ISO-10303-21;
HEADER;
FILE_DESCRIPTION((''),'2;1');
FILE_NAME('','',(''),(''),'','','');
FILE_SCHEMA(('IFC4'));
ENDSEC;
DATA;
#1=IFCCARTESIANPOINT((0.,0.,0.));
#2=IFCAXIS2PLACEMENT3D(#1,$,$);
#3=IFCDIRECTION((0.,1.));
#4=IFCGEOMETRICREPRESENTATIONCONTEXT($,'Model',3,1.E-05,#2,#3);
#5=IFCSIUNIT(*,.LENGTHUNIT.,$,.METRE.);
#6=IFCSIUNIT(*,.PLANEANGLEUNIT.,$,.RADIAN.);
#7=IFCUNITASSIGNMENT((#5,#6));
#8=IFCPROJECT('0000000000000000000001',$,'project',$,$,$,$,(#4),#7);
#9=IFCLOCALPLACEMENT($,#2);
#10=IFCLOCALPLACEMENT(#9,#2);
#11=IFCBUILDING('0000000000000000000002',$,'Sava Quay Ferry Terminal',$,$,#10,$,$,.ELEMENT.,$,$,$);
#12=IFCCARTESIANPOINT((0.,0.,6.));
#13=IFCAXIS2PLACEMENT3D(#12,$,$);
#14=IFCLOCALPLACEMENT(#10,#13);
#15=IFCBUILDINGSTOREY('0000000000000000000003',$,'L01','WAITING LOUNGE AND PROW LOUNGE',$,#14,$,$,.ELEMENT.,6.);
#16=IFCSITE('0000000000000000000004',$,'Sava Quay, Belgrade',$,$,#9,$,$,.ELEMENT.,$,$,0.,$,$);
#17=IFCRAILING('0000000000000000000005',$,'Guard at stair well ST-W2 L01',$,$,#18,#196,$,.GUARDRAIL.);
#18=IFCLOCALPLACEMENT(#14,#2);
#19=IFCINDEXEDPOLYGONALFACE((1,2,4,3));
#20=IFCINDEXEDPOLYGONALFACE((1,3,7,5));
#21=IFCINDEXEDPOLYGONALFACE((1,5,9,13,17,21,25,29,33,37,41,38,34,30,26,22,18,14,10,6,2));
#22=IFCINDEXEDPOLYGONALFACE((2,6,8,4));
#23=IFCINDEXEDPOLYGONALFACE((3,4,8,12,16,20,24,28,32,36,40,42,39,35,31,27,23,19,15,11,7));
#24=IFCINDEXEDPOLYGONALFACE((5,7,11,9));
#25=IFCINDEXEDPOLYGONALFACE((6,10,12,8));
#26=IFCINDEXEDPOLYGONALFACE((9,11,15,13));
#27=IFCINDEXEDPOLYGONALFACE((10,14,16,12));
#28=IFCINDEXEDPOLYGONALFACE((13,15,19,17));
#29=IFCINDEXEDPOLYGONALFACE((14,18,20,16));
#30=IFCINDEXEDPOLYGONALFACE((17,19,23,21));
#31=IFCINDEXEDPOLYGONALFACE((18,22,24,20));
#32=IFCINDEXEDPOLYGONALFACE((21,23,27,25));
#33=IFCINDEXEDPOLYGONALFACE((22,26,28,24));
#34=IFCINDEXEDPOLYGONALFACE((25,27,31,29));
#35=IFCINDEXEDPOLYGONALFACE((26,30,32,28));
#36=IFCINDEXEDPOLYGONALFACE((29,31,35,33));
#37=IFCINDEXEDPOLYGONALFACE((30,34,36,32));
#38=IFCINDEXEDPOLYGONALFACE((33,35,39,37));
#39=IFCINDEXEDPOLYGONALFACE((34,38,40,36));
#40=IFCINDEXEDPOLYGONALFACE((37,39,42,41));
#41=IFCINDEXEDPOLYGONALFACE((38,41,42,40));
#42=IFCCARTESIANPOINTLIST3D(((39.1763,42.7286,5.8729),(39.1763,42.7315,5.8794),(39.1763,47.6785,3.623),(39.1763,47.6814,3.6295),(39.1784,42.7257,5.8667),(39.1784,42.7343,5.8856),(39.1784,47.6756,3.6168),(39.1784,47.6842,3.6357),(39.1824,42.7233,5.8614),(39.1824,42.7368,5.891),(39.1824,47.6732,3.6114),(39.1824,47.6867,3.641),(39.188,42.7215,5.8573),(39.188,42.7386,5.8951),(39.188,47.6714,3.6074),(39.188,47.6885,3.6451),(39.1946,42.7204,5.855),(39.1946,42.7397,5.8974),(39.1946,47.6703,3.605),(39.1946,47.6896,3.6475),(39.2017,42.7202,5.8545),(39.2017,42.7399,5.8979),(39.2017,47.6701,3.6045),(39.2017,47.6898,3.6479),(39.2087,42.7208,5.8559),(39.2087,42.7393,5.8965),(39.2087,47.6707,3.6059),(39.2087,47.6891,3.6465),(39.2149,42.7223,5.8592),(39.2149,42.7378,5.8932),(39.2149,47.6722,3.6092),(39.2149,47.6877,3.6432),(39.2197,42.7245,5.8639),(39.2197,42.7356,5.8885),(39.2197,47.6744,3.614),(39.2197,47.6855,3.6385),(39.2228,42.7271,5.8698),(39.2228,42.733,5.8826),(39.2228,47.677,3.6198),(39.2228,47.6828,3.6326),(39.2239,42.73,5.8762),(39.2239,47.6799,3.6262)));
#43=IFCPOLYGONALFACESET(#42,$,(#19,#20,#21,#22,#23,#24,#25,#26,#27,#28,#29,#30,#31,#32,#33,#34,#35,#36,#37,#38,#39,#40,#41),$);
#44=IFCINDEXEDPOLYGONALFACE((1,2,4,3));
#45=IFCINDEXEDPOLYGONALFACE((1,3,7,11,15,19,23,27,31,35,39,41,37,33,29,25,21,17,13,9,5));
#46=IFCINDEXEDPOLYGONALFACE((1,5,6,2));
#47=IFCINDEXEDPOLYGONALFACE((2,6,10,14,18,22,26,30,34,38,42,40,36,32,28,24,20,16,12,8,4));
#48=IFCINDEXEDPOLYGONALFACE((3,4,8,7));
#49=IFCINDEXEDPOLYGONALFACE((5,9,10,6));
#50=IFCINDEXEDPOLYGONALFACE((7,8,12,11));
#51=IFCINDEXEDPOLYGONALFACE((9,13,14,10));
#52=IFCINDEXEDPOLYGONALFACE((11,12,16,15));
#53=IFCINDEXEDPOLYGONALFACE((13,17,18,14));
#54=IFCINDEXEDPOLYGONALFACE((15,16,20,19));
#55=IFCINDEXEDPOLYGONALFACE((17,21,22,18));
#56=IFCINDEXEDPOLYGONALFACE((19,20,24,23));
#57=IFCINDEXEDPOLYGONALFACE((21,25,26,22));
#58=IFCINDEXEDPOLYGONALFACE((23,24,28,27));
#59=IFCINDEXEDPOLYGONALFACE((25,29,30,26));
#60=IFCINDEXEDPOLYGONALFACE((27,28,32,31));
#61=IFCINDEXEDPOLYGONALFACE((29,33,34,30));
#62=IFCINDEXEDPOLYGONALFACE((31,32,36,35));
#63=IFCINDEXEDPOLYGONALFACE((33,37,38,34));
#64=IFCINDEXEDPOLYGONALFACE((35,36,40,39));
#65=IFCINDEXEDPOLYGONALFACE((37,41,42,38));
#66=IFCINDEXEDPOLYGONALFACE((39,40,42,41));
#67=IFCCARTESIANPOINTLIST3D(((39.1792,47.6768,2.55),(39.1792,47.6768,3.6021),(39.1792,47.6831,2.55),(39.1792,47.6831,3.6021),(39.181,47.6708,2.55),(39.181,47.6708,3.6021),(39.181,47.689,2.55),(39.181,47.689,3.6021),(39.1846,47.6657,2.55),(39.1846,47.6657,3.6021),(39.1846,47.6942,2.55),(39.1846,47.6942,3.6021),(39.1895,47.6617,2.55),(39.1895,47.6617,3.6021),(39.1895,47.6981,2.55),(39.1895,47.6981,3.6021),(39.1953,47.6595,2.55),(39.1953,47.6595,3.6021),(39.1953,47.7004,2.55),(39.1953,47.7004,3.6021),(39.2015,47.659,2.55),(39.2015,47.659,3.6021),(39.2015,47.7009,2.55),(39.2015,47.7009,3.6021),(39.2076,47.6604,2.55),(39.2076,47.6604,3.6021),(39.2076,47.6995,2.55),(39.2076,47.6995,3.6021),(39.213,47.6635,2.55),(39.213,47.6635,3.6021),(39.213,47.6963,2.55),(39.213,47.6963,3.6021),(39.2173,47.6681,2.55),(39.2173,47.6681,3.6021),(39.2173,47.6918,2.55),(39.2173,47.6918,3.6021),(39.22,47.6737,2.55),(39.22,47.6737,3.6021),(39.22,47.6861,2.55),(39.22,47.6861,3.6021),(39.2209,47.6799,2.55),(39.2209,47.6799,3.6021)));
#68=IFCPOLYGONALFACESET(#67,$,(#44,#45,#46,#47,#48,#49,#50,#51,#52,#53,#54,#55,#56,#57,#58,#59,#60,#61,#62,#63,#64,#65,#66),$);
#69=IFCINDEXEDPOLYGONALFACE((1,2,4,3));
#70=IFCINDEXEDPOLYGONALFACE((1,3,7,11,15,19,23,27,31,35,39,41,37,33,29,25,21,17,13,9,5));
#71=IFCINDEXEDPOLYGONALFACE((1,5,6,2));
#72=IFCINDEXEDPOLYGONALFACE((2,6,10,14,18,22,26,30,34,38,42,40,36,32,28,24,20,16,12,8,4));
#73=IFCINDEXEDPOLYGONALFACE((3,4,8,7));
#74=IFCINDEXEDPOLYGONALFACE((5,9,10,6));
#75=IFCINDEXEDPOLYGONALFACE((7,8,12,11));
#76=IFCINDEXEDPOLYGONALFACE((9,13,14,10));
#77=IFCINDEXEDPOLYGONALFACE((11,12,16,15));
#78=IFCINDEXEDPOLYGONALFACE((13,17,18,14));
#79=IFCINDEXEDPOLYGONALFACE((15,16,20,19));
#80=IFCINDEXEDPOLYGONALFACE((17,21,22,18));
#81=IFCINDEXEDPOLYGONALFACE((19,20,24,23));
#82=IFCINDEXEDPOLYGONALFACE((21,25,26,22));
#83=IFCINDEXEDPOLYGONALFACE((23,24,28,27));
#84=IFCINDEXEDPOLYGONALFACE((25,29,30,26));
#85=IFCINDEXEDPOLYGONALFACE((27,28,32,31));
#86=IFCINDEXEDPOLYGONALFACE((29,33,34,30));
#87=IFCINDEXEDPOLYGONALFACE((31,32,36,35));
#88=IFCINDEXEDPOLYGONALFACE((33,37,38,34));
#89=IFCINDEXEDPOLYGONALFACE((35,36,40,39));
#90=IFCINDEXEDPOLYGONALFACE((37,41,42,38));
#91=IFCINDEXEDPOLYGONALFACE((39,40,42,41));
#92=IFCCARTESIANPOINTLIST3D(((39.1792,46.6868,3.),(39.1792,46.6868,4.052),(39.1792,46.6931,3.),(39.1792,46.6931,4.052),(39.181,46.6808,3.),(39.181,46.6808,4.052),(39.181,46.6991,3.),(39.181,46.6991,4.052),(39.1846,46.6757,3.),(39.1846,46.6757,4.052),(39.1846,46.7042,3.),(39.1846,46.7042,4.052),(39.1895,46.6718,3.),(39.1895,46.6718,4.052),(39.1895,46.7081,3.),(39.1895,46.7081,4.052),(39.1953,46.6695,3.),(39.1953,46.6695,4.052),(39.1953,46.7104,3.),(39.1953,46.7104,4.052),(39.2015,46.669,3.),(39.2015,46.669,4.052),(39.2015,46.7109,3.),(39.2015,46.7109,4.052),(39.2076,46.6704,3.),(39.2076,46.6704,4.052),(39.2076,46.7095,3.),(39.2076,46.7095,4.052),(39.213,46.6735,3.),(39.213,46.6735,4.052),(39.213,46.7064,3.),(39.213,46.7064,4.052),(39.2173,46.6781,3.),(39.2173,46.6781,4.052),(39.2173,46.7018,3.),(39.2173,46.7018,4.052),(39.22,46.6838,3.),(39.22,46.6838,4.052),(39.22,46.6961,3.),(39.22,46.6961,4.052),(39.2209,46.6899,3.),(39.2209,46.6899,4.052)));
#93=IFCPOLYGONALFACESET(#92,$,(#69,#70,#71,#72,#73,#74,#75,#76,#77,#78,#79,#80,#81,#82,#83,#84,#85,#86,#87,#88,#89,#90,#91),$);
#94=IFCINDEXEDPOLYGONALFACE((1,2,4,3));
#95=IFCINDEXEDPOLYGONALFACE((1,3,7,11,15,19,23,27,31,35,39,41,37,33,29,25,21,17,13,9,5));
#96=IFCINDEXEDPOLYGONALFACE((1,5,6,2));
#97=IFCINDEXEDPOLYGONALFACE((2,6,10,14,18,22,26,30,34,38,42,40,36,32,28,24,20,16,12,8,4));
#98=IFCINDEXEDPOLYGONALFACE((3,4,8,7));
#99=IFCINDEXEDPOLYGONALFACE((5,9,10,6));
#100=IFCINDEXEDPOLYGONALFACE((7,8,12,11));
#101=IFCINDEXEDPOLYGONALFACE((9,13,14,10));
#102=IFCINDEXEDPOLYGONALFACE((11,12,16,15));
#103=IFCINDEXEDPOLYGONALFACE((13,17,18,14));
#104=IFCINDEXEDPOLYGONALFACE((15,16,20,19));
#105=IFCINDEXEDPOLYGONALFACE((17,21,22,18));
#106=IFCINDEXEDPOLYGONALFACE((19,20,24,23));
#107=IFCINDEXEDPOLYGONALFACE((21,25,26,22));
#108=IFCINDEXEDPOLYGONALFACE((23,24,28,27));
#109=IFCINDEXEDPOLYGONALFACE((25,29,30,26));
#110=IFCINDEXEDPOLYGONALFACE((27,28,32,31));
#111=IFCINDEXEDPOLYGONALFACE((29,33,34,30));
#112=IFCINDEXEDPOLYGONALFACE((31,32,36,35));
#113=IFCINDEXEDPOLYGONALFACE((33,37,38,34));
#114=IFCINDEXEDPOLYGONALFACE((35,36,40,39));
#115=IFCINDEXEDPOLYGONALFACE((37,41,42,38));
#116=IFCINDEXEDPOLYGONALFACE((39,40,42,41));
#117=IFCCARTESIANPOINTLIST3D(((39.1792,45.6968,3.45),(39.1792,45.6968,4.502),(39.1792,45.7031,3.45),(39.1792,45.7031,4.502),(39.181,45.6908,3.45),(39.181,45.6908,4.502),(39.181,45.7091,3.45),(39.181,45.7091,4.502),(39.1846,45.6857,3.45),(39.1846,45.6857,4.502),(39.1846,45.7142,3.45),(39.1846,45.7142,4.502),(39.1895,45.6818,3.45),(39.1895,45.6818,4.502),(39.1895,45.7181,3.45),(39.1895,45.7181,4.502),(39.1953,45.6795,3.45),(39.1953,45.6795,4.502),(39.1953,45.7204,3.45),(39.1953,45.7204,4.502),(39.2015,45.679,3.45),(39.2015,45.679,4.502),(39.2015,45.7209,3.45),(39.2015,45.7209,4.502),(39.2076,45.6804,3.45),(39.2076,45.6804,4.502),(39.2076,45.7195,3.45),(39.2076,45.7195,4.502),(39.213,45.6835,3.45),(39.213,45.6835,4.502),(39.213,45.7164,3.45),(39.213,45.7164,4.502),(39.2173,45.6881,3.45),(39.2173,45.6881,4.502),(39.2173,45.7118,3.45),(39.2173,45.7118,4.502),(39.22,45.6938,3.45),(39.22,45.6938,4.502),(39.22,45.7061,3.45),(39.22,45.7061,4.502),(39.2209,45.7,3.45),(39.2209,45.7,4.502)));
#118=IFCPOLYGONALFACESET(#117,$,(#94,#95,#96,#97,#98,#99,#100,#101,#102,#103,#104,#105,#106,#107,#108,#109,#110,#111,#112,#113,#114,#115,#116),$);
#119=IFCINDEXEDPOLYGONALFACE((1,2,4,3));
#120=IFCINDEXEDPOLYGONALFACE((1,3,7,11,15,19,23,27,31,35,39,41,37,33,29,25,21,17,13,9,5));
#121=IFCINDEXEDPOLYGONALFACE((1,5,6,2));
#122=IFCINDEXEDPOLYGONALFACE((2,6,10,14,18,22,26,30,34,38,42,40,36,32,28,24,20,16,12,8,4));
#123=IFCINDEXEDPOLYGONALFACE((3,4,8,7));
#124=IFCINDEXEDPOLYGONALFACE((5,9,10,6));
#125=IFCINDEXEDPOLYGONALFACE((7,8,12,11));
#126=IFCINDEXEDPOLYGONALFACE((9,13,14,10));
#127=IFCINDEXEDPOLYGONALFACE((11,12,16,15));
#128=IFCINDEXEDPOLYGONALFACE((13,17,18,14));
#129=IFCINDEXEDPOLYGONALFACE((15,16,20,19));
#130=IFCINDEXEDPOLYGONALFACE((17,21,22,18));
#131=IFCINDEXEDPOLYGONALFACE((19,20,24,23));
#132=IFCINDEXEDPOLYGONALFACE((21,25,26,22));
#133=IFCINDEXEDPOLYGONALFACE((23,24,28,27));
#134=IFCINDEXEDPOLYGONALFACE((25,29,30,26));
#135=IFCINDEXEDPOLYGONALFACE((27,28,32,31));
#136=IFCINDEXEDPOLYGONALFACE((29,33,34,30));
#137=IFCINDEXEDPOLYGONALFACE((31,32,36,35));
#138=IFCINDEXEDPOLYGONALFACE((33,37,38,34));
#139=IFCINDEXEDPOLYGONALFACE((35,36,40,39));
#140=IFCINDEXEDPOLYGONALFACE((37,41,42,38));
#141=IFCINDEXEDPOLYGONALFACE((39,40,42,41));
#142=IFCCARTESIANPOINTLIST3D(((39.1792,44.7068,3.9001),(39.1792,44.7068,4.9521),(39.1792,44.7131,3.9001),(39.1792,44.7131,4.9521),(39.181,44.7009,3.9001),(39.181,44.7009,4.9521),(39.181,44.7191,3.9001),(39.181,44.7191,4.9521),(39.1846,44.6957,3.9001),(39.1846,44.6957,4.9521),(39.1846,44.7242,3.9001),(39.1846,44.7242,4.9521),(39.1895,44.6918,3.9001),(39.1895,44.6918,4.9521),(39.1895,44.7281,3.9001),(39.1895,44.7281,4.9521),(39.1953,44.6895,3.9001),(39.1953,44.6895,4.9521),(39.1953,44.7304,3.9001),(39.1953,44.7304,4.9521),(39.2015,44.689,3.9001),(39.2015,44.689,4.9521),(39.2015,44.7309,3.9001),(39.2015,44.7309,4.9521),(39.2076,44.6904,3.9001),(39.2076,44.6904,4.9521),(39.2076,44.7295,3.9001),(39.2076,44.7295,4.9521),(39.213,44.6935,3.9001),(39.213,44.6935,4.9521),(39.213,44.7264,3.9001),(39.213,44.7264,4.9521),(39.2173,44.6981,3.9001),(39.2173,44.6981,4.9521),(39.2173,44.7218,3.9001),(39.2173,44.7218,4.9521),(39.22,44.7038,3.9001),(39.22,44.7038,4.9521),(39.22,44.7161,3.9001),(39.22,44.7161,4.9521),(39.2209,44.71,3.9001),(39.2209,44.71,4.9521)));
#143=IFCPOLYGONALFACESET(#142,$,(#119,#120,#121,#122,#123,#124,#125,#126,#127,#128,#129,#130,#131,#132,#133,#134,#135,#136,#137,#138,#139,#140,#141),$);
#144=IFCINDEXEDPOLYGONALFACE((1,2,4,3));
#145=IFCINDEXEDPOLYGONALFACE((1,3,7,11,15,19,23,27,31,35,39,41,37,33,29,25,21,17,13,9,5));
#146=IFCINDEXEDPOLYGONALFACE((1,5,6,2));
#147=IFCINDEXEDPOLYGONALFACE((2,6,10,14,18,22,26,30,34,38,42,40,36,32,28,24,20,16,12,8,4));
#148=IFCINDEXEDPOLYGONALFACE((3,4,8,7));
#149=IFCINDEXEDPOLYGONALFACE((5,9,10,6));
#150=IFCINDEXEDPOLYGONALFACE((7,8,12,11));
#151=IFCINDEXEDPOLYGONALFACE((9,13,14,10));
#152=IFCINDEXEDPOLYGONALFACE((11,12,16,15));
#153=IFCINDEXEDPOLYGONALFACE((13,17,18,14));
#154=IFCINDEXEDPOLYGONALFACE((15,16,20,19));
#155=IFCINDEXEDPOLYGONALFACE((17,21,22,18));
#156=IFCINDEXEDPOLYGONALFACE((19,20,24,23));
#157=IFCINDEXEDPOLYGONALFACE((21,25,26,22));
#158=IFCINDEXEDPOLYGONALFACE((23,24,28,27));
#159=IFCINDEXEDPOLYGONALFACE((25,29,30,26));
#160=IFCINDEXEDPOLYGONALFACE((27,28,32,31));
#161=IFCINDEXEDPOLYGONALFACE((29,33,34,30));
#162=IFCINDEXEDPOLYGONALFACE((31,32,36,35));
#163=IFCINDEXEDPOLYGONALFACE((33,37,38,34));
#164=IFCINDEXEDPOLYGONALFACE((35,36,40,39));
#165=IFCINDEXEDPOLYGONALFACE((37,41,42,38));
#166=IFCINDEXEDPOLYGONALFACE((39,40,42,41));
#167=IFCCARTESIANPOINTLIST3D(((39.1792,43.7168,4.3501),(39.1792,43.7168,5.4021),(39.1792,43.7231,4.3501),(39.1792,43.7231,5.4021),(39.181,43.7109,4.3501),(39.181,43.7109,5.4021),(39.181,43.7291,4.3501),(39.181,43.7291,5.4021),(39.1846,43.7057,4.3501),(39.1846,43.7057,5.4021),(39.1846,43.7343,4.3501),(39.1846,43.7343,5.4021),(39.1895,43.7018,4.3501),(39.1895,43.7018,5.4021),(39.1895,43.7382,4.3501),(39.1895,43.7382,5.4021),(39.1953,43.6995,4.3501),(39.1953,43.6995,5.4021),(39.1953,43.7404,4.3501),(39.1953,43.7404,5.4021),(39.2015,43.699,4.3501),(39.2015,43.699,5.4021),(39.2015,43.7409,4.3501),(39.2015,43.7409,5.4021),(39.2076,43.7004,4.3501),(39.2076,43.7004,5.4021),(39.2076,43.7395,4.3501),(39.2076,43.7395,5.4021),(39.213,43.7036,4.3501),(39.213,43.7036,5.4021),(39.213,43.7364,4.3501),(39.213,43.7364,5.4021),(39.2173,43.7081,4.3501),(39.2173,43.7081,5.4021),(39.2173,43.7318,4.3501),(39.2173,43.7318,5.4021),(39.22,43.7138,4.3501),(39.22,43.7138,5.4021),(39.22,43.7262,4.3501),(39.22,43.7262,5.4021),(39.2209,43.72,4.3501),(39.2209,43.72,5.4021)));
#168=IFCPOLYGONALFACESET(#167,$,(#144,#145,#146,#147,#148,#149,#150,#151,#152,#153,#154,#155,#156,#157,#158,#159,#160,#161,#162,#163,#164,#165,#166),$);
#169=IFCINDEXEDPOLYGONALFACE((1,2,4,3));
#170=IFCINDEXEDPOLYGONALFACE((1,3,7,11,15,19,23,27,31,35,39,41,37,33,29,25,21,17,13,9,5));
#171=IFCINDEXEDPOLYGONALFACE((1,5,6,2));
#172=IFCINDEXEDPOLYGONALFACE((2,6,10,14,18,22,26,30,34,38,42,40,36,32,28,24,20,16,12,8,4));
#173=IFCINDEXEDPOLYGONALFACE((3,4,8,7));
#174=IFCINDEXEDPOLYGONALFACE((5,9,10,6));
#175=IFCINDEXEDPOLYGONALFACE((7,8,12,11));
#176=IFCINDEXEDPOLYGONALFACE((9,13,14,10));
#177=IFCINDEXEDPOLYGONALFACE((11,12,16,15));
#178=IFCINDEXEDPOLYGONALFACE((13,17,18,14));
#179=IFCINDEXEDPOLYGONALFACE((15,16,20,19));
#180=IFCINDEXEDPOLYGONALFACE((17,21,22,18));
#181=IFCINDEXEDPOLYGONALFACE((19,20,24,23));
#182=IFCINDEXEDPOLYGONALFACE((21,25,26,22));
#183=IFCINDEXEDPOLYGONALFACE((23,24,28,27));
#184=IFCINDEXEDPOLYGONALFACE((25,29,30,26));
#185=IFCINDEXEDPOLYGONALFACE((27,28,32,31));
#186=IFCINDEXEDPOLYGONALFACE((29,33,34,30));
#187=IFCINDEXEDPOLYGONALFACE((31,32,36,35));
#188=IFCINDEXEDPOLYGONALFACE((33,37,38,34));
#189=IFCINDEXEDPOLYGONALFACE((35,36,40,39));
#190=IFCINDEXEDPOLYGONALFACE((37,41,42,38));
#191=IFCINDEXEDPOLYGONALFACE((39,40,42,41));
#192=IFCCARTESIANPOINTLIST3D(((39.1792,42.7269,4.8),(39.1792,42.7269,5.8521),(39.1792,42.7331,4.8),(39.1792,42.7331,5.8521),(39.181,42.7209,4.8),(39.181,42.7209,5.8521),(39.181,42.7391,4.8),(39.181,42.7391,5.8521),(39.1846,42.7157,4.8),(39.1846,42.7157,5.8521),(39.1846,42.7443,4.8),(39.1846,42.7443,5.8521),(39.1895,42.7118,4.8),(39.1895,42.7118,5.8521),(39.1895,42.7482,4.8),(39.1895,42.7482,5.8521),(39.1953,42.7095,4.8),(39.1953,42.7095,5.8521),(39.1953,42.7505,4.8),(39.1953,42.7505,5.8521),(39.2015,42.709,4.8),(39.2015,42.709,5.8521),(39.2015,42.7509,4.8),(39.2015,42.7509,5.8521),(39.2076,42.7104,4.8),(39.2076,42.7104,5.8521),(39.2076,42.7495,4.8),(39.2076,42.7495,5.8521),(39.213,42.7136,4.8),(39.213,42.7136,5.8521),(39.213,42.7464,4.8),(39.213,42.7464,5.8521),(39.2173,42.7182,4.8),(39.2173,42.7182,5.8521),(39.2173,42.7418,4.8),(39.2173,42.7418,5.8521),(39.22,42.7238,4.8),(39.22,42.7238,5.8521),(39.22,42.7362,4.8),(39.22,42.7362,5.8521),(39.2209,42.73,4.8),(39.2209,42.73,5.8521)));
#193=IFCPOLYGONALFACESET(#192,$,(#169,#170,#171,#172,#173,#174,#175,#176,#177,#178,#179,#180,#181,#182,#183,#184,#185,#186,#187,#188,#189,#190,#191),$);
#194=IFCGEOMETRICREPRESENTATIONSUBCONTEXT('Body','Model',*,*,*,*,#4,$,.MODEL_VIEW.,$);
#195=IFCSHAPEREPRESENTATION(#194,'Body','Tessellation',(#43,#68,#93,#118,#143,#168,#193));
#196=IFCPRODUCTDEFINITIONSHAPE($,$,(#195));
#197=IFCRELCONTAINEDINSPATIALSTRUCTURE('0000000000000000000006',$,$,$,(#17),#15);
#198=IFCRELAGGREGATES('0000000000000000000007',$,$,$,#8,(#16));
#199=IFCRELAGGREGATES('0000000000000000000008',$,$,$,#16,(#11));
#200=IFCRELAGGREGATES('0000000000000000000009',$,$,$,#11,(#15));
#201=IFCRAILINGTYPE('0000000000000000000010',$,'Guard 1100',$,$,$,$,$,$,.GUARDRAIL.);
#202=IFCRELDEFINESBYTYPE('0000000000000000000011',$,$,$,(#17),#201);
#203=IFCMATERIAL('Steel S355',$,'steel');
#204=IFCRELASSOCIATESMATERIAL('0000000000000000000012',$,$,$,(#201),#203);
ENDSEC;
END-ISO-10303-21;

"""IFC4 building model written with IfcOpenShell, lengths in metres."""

from ifc_helpers import new_model, si_unit, direction, frame, origin, origin_2d, place, context, subcontext, project, spatial, circle, extrude, material, type_object, element, save


model = new_model("IFC4")

# Units and contexts
model_context = context("Model", 3, precision=1e-05, world=origin(), true_north=direction((0.0, 1.0)))
body_context = subcontext(model_context, "Body", "Model", "MODEL_VIEW")
ifc_project = project(units=[si_unit("LENGTHUNIT", "METRE"), si_unit("PLANEANGLEUNIT", "RADIAN")], contexts=[model_context])

# Site, building, storey
site_placement = place(None, origin())
site = spatial("IfcSite", under=ifc_project, at=site_placement, Name="Sava Quay, Belgrade", CompositionType="ELEMENT", RefElevation=0.0)
building_placement = place(site_placement, origin())
building = spatial("IfcBuilding", under=site, at=building_placement, Name="Sava Quay Ferry Terminal", CompositionType="ELEMENT")
storey_placement = place(building_placement, frame((0.0, 0.0, 6.0)))
storey = spatial("IfcBuildingStorey", under=building, at=storey_placement, Name="L01", Description="WAITING LOUNGE AND PROW LOUNGE", CompositionType="ELEMENT", Elevation=6.0)

# Railing
ifc_material_1 = material(Name="Steel S355", Category="steel")
railing_type_1 = type_object("IfcRailingType", Name="Guard 1100", PredefinedType="GUARDRAIL", material=ifc_material_1)
railing_1_placement = place(storey_placement, frame((39.2, 47.6799, 2.55)))
element("IfcRailing", 1, at=railing_1_placement, inside=storey, type_object=railing_type_1, Name="Guard at stair well ST-W2 L01", PredefinedType="GUARDRAIL", context=body_context, shape_type="SweptSolid", body=[
    extrude(circle(Radius=0.0239, at=origin_2d()), frame((0.0, 0.0, 1.0762), z_axis=(0.0, -0.910365, 0.413806), x_axis=(1.0, 0.0, 0.0)), (0.0, 0.0, 1.0), 5.4373),
    extrude(circle(Radius=0.021, at=origin_2d()), origin(), (0.0, 0.0, 1.0), 1.052),
    extrude(circle(Radius=0.021, at=origin_2d()), frame((0.0, -0.99, 0.45)), (0.0, 0.0, 1.0), 1.052),
    extrude(circle(Radius=0.021, at=origin_2d()), frame((0.0, -1.98, 0.8999)), (0.0, 0.0, 1.0), 1.052),
    extrude(circle(Radius=0.021, at=origin_2d()), frame((0.0, -2.97, 1.3501)), (0.0, 0.0, 1.0), 1.052),
    extrude(circle(Radius=0.021, at=origin_2d()), frame((0.0, -3.96, 1.8)), (0.0, 0.0, 1.0), 1.052),
    extrude(circle(Radius=0.021, at=origin_2d()), frame((0.0, -4.95, 2.25)), (0.0, 0.0, 1.0), 1.052),
])

save(model, "model.ifc")
